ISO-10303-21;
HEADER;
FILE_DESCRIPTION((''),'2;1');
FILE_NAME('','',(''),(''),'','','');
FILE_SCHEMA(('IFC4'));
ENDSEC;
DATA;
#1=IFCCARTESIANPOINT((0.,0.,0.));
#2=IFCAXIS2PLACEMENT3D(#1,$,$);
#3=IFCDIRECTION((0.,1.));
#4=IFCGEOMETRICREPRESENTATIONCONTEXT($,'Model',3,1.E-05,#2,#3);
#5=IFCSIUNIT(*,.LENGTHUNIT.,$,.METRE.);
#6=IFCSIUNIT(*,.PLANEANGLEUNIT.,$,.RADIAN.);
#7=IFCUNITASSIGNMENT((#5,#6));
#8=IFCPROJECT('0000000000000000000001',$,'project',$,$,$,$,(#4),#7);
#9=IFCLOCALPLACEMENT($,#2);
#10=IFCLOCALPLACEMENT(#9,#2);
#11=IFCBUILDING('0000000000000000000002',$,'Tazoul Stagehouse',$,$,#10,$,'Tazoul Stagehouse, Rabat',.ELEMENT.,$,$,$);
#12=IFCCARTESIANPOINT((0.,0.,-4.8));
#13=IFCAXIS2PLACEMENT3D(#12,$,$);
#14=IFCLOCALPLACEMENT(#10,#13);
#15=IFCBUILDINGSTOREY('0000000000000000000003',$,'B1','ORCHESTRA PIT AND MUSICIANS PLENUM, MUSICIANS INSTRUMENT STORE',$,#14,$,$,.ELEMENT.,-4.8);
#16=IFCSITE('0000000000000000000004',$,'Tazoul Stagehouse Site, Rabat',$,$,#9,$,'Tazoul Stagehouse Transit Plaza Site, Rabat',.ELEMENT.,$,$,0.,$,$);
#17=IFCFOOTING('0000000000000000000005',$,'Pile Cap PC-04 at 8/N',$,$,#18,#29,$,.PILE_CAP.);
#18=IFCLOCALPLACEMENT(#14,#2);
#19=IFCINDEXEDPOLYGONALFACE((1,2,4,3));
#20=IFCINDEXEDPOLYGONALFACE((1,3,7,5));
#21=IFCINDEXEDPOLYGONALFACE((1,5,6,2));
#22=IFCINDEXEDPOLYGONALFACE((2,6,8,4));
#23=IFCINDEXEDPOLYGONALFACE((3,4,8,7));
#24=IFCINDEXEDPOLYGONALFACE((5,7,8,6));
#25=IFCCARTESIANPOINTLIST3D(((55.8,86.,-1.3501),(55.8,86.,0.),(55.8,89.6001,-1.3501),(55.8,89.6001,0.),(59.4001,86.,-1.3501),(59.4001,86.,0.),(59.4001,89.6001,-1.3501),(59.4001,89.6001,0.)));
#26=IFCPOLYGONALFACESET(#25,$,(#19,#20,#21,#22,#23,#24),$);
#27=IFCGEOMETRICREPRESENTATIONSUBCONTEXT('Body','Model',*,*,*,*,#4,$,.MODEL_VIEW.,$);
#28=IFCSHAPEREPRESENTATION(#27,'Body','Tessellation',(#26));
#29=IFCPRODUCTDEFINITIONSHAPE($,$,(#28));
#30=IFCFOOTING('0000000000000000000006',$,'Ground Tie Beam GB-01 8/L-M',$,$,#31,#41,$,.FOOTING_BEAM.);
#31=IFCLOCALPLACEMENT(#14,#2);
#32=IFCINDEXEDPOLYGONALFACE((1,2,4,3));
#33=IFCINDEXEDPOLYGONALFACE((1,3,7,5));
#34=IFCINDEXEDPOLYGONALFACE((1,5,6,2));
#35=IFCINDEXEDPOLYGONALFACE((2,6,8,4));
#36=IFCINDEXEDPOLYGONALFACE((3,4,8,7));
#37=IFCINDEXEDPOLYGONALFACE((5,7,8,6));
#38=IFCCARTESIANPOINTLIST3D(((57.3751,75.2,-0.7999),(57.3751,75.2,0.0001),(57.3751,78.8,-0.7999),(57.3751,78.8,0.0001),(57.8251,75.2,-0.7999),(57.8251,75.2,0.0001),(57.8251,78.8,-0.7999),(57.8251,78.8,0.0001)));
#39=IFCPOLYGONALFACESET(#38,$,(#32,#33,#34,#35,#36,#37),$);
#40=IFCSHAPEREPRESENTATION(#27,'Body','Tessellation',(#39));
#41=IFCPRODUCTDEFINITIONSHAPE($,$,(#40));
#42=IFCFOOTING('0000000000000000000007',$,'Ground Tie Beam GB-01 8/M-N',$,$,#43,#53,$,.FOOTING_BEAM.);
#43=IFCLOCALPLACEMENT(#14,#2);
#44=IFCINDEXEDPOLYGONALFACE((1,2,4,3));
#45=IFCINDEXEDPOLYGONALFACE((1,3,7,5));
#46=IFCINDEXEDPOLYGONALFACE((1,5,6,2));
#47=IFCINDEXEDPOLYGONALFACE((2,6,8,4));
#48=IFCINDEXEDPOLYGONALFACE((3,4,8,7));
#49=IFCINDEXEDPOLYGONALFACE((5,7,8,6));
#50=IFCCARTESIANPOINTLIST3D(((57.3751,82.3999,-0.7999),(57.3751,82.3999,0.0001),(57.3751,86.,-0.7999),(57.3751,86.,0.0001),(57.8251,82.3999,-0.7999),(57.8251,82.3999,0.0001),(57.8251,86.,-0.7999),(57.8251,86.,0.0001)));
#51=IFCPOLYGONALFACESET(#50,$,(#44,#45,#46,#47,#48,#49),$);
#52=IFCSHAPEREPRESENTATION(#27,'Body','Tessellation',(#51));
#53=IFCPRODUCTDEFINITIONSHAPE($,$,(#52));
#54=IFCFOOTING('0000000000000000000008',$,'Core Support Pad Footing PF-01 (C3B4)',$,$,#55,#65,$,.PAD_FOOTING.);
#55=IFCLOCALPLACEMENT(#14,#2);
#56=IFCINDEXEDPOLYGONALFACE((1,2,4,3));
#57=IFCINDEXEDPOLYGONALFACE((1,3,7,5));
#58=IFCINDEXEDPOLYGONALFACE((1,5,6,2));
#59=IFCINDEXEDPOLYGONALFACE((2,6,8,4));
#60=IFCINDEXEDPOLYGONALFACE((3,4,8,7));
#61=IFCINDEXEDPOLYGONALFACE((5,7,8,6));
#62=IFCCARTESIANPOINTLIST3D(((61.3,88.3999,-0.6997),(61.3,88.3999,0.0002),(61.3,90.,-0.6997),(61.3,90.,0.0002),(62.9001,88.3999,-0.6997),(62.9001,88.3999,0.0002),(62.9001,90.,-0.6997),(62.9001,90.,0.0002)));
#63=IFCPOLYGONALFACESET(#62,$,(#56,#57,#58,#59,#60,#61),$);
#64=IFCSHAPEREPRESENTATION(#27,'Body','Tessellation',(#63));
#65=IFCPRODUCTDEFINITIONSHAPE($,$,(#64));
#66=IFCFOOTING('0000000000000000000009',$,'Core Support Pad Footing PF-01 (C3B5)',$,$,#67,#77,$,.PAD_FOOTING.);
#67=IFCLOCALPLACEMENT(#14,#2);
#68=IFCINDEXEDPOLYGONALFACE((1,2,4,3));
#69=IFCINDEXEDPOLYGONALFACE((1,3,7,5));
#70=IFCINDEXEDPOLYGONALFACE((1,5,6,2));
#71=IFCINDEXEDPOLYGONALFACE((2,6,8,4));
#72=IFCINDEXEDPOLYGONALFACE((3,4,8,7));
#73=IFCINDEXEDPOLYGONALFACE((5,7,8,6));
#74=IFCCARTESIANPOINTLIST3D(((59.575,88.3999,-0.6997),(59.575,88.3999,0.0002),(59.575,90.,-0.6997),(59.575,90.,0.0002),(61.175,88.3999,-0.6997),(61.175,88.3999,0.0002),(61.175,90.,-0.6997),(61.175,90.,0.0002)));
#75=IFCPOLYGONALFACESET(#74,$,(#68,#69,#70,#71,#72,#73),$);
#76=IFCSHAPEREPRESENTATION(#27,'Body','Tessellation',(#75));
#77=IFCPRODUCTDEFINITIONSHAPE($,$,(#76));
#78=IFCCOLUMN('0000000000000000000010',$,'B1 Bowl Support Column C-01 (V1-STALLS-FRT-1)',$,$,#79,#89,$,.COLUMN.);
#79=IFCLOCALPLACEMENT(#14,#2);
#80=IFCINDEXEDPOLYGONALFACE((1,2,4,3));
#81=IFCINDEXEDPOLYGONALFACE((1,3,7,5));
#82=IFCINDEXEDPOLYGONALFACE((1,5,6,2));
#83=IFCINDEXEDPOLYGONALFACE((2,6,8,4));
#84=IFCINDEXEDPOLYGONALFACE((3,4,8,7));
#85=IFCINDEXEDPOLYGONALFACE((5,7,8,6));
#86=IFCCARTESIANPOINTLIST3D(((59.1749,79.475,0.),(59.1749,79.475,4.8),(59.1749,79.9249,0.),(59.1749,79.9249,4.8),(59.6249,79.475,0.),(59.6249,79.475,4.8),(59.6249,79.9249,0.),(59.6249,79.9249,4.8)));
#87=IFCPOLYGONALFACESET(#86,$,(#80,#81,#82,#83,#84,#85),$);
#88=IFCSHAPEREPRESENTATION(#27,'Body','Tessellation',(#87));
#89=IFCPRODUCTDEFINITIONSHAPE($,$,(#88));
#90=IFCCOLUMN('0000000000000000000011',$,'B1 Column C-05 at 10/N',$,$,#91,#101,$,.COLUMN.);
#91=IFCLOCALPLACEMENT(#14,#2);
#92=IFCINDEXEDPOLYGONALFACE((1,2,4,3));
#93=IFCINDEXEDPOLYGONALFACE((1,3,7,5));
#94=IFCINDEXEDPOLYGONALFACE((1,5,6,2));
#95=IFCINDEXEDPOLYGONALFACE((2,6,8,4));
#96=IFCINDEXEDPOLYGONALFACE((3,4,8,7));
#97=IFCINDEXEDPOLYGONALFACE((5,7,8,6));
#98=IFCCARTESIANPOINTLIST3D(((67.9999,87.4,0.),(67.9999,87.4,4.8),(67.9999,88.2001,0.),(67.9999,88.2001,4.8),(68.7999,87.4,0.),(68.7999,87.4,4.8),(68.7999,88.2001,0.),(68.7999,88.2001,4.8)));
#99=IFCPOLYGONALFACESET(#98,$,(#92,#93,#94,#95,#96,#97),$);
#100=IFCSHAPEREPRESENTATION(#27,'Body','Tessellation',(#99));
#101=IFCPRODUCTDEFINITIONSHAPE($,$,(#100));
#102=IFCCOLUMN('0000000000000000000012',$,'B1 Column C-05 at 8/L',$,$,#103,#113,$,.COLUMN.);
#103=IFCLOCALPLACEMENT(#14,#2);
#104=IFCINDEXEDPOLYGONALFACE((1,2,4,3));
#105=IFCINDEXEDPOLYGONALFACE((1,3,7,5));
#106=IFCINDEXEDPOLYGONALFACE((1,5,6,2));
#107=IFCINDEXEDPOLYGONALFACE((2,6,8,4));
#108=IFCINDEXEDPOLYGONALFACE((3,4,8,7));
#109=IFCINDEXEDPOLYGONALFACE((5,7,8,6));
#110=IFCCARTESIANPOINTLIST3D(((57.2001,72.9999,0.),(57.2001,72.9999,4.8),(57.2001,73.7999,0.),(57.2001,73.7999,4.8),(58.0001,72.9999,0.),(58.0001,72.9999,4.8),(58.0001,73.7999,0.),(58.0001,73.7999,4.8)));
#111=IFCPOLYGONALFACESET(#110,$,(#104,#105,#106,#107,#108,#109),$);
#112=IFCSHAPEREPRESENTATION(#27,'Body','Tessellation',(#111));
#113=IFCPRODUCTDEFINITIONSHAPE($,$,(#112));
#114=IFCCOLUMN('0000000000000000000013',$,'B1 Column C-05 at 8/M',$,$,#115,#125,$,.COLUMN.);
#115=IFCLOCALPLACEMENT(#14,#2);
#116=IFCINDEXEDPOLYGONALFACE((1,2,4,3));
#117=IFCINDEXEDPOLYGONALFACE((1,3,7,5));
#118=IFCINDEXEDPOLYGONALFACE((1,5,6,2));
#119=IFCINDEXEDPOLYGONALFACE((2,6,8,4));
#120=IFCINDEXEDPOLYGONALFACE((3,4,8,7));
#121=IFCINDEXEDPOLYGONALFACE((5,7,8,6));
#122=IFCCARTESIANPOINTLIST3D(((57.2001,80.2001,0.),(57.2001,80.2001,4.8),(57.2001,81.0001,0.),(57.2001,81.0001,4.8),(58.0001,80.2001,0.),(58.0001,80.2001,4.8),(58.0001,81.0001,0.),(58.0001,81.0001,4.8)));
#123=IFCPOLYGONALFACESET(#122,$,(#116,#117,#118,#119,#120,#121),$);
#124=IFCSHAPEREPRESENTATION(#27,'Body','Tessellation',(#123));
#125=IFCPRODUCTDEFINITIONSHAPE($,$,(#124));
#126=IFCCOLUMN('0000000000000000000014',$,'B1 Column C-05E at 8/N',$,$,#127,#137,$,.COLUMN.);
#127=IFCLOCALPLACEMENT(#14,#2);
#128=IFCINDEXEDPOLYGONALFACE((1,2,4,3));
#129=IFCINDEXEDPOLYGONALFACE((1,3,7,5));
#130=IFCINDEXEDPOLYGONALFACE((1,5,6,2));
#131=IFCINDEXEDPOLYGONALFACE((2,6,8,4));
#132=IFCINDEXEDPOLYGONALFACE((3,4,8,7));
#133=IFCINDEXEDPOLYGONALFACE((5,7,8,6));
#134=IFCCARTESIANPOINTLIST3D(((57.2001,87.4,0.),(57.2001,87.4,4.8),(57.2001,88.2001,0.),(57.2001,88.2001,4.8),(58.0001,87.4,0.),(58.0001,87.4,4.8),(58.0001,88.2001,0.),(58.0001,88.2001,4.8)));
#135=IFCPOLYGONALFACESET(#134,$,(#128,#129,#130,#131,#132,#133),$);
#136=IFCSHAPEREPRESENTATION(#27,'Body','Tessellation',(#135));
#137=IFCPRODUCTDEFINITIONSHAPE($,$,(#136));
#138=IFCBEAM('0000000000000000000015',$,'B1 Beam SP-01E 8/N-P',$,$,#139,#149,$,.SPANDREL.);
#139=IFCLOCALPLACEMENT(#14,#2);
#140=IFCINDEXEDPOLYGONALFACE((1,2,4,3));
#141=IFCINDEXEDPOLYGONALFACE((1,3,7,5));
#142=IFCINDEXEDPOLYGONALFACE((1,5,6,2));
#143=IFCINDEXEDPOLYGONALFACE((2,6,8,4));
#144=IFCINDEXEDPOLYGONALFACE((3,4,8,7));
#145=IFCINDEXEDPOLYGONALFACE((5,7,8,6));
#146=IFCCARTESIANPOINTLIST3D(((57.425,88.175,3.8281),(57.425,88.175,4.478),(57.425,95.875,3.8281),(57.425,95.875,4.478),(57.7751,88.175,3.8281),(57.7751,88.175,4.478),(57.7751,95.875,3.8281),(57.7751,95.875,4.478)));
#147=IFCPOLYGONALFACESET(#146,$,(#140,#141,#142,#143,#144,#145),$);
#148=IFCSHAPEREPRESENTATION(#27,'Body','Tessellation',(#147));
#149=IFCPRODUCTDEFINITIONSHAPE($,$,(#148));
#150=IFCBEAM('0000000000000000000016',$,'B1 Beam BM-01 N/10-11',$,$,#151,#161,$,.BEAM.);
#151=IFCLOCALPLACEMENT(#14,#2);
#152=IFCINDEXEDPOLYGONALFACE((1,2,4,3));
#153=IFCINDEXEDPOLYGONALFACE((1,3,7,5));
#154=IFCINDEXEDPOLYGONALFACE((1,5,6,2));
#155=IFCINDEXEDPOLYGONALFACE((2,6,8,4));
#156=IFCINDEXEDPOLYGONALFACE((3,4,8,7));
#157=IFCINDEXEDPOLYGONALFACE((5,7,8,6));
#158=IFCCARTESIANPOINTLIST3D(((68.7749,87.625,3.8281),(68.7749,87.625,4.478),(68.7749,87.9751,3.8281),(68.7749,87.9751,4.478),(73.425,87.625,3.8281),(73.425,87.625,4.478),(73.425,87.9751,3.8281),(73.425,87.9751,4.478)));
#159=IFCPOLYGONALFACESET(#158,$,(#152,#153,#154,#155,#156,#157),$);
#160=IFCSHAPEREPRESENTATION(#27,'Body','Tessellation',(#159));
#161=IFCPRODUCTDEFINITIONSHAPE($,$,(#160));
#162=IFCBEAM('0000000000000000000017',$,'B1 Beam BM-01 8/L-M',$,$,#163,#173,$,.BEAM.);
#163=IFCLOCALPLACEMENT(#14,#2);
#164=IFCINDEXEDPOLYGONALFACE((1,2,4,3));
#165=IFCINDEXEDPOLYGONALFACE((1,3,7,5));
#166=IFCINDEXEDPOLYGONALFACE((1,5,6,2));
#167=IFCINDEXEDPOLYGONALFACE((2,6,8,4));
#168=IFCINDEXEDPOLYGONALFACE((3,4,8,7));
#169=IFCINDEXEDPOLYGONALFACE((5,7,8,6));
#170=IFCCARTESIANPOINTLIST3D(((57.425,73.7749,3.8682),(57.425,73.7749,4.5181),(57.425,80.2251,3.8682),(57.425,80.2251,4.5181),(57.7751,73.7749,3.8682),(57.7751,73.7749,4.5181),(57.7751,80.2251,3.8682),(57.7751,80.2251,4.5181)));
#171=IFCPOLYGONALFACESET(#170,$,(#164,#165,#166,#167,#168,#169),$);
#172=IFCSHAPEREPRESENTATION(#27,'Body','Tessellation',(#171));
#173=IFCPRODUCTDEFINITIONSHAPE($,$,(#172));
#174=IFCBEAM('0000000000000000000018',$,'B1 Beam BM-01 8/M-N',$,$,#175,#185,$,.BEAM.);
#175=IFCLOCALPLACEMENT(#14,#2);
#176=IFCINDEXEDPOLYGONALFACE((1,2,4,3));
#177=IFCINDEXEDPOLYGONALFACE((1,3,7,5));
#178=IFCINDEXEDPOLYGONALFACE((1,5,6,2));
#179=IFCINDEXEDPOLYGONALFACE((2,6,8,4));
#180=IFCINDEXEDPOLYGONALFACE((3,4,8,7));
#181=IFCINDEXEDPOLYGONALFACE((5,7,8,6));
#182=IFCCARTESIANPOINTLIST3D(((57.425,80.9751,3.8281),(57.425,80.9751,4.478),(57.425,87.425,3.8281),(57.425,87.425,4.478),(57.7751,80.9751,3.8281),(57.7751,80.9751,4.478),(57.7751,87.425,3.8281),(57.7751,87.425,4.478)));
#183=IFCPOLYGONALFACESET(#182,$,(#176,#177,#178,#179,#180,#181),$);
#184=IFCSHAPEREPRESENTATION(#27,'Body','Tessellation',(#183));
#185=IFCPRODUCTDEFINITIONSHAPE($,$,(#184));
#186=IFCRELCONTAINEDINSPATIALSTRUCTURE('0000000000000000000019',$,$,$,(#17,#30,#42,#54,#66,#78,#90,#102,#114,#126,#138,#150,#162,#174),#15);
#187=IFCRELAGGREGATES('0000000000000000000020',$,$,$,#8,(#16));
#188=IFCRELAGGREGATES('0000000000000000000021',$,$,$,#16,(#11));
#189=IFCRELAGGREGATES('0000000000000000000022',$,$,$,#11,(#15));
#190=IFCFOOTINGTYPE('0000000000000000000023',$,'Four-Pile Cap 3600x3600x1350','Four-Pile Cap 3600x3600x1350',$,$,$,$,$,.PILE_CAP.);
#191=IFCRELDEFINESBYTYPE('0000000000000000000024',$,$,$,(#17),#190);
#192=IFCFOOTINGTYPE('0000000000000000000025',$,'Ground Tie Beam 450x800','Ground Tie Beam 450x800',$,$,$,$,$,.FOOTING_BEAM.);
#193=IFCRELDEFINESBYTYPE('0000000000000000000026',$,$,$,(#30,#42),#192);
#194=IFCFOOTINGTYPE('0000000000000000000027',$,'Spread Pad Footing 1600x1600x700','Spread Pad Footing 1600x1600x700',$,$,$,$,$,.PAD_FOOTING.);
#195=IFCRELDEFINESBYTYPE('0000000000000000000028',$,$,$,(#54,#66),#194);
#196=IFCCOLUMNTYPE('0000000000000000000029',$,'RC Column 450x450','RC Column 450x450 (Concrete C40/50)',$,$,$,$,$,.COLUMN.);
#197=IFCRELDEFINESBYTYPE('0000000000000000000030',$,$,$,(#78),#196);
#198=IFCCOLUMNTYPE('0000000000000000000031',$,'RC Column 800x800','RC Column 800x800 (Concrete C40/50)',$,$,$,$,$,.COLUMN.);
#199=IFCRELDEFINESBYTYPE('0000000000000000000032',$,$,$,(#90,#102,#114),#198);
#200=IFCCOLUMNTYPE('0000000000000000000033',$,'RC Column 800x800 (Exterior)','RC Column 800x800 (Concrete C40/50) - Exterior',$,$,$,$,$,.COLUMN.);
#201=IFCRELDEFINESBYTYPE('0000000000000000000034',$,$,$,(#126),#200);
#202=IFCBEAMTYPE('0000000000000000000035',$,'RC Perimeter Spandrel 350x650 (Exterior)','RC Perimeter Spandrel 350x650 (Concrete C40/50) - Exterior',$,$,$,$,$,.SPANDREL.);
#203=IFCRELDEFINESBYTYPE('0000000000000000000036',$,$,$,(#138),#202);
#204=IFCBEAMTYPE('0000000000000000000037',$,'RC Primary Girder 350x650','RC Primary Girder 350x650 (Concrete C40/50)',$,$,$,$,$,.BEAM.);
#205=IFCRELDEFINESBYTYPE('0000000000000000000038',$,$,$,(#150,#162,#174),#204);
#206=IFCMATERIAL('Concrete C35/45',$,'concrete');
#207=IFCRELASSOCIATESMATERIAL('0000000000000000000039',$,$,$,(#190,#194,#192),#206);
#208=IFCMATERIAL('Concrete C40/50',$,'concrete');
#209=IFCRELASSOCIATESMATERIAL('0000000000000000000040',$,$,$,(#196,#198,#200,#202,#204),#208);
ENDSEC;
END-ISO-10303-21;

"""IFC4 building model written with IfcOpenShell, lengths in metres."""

from ifc_helpers import new_model, si_unit, direction, frame, origin, origin_2d, place, context, subcontext, project, spatial, rectangle, extrude, material, material_profile, profile_set, type_object, element, save


model = new_model("IFC4")

# Units and contexts
model_context = context("Model", 3, precision=1e-05, world=origin(), true_north=direction((0.0, 1.0)))
body_context = subcontext(model_context, "Body", "Model", "MODEL_VIEW")
ifc_project = project(units=[si_unit("LENGTHUNIT", "METRE"), si_unit("PLANEANGLEUNIT", "RADIAN")], contexts=[model_context])

# Site, building, storey
site_placement = place(None, origin())
site = spatial("IfcSite", under=ifc_project, at=site_placement, Name="Tazoul Stagehouse Site, Rabat", LongName="Tazoul Stagehouse Transit Plaza Site, Rabat", CompositionType="ELEMENT", RefElevation=0.0)
building_placement = place(site_placement, origin())
building = spatial("IfcBuilding", under=site, at=building_placement, Name="Tazoul Stagehouse", LongName="Tazoul Stagehouse, Rabat", CompositionType="ELEMENT")
storey_placement = place(building_placement, frame((0.0, 0.0, -4.8)))
storey = spatial("IfcBuildingStorey", under=building, at=storey_placement, Name="B1", Description="ORCHESTRA PIT AND MUSICIANS PLENUM, MUSICIANS INSTRUMENT STORE", CompositionType="ELEMENT", Elevation=-4.8)

# Shared definitions
ifc_material_1 = material(Name="Concrete C35/45", Category="concrete")

# Footings
footing_type_1 = type_object("IfcFootingType", Name="Four-Pile Cap 3600x3600x1350", Description="Four-Pile Cap 3600x3600x1350", PredefinedType="PILE_CAP", material=ifc_material_1)
for number, where, z_axis, x_axis, name in (
    (1, (57.6001, 87.8, -1.3501), (0.0, 0.0, 1.0), (1.0, 0.0, 0.0), "Pile Cap PC-04 at 8/N"),
):
    element("IfcFooting", number, at=place(storey_placement, frame(where, z_axis=z_axis, x_axis=x_axis)), inside=storey, type_object=footing_type_1, Name=name, PredefinedType="PILE_CAP", context=body_context, shape_type="SweptSolid", body=[
        extrude(rectangle(XDim=3.6001, YDim=3.6001, at=origin_2d()), origin(), (0.0, 0.0, 1.0), 1.3501),
    ])
ifc_material_profile_1 = material_profile(ifc_material_1, rectangle(XDim=0.45, YDim=0.8, at=origin_2d()), Name="RC 450x800")
ifc_profile_set_1 = profile_set([ifc_material_profile_1], Name="Concrete C35/45")
footing_type_2 = type_object("IfcFootingType", Name="Ground Tie Beam 450x800", Description="Ground Tie Beam 450x800", PredefinedType="FOOTING_BEAM", material=ifc_profile_set_1)
for number, where, z_axis, x_axis, name in (
    (2, (57.6001, 75.2, -0.3999), (0.0, 1.0, 0.0), (-1.0, 0.0, 0.0), "Ground Tie Beam GB-01 8/L-M"),
    (3, (57.6001, 82.3999, -0.3999), (0.0, 1.0, 0.0), (-1.0, 0.0, 0.0), "Ground Tie Beam GB-01 8/M-N"),
):
    element("IfcFooting", number, at=place(storey_placement, frame(where, z_axis=z_axis, x_axis=x_axis)), inside=storey, type_object=footing_type_2, Name=name, PredefinedType="FOOTING_BEAM", context=body_context, shape_type="SweptSolid", body=[
        extrude(rectangle(XDim=0.45, YDim=0.8, at=origin_2d()), origin(), (0.0, 0.0, 1.0), 3.6001),
    ])
footing_type_3 = type_object("IfcFootingType", Name="Spread Pad Footing 1600x1600x700", Description="Spread Pad Footing 1600x1600x700", PredefinedType="PAD_FOOTING", material=ifc_material_1)
for number, where, z_axis, x_axis, name in (
    (4, (62.1001, 89.2, -0.6997), (0.0, 0.0, 1.0), (1.0, 0.0, 0.0), "Core Support Pad Footing PF-01 (C3B4)"),
    (5, (60.375, 89.2, -0.6997), (0.0, 0.0, 1.0), (1.0, 0.0, 0.0), "Core Support Pad Footing PF-01 (C3B5)"),
):
    element("IfcFooting", number, at=place(storey_placement, frame(where, z_axis=z_axis, x_axis=x_axis)), inside=storey, type_object=footing_type_3, Name=name, PredefinedType="PAD_FOOTING", context=body_context, shape_type="SweptSolid", body=[
        extrude(rectangle(XDim=1.6001, YDim=1.6001, at=origin_2d()), origin(), (0.0, 0.0, 1.0), 0.7),
    ])

# Columns
ifc_material_2 = material(Name="Concrete C40/50", Category="concrete")
ifc_material_profile_2 = material_profile(ifc_material_2, rectangle(XDim=0.45, YDim=0.45, at=origin_2d()), Name="RC 450x450")
ifc_profile_set_2 = profile_set([ifc_material_profile_2], Name="Concrete C40/50")
column_type_1 = type_object("IfcColumnType", Name="RC Column 450x450", Description="RC Column 450x450 (Concrete C40/50)", PredefinedType="COLUMN", material=ifc_profile_set_2)
column_1_placement = place(storey_placement, frame((59.3999, 79.7, 0.0), z_axis=(0.0, 0.0, 1.0), x_axis=(1.0, 0.0, 0.0)))
element("IfcColumn", 6, at=column_1_placement, inside=storey, type_object=column_type_1, Name="B1 Bowl Support Column C-01 (V1-STALLS-FRT-1)", PredefinedType="COLUMN", context=body_context, shape_type="SweptSolid", body=[
    extrude(rectangle(XDim=0.45, YDim=0.45, at=origin_2d()), origin(), (0.0, 0.0, 1.0), 4.8),
])
ifc_material_profile_3 = material_profile(ifc_material_2, rectangle(XDim=0.8, YDim=0.8, at=origin_2d()), Name="RC 800x800")
ifc_profile_set_3 = profile_set([ifc_material_profile_3], Name="Concrete C40/50")
column_type_2 = type_object("IfcColumnType", Name="RC Column 800x800", Description="RC Column 800x800 (Concrete C40/50)", PredefinedType="COLUMN", material=ifc_profile_set_3)
for number, where, z_axis, x_axis, name in (
    (7, (68.3999, 87.8, 0.0), (0.0, 0.0, 1.0), (1.0, 0.0, 0.0), "B1 Column C-05 at 10/N"),
    (8, (57.6001, 73.3999, 0.0), (0.0, 0.0, 1.0), (1.0, 0.0, 0.0), "B1 Column C-05 at 8/L"),
    (9, (57.6001, 80.6001, 0.0), (0.0, 0.0, 1.0), (1.0, 0.0, 0.0), "B1 Column C-05 at 8/M"),
):
    element("IfcColumn", number, at=place(storey_placement, frame(where, z_axis=z_axis, x_axis=x_axis)), inside=storey, type_object=column_type_2, Name=name, PredefinedType="COLUMN", context=body_context, shape_type="SweptSolid", body=[
        extrude(rectangle(XDim=0.8, YDim=0.8, at=origin_2d()), origin(), (0.0, 0.0, 1.0), 4.8),
    ])
ifc_material_profile_4 = material_profile(ifc_material_2, rectangle(XDim=0.8, YDim=0.8, at=origin_2d()), Name="RC 800x800")
ifc_profile_set_4 = profile_set([ifc_material_profile_4], Name="Concrete C40/50")
column_type_3 = type_object("IfcColumnType", Name="RC Column 800x800 (Exterior)", Description="RC Column 800x800 (Concrete C40/50) - Exterior", PredefinedType="COLUMN", material=ifc_profile_set_4)
column_2_placement = place(storey_placement, frame((57.6001, 87.8, 0.0), z_axis=(0.0, 0.0, 1.0), x_axis=(1.0, 0.0, 0.0)))
element("IfcColumn", 10, at=column_2_placement, inside=storey, type_object=column_type_3, Name="B1 Column C-05E at 8/N", PredefinedType="COLUMN", context=body_context, shape_type="SweptSolid", body=[
    extrude(rectangle(XDim=0.8, YDim=0.8, at=origin_2d()), origin(), (0.0, 0.0, 1.0), 4.8),
])

# Beams
ifc_material_profile_5 = material_profile(ifc_material_2, rectangle(XDim=0.3501, YDim=0.6499, at=origin_2d()), Name="RC 350x650")
ifc_profile_set_5 = profile_set([ifc_material_profile_5], Name="Concrete C40/50")
beam_type_1 = type_object("IfcBeamType", Name="RC Perimeter Spandrel 350x650 (Exterior)", Description="RC Perimeter Spandrel 350x650 (Concrete C40/50) - Exterior", PredefinedType="SPANDREL", material=ifc_profile_set_5)
beam_1_placement = place(storey_placement, frame((57.6001, 88.175, 4.1531), z_axis=(0.0, 1.0, 0.0), x_axis=(-1.0, 0.0, 0.0)))
element("IfcBeam", 11, at=beam_1_placement, inside=storey, type_object=beam_type_1, Name="B1 Beam SP-01E 8/N-P", PredefinedType="SPANDREL", context=body_context, shape_type="SweptSolid", body=[
    extrude(rectangle(XDim=0.3501, YDim=0.6499, at=origin_2d()), origin(), (0.0, 0.0, 1.0), 7.7),
])
ifc_material_profile_6 = material_profile(ifc_material_2, rectangle(XDim=0.3501, YDim=0.6499, at=origin_2d()), Name="RC 350x650")
ifc_profile_set_6 = profile_set([ifc_material_profile_6], Name="Concrete C40/50")
beam_type_2 = type_object("IfcBeamType", Name="RC Primary Girder 350x650", Description="RC Primary Girder 350x650 (Concrete C40/50)", PredefinedType="BEAM", material=ifc_profile_set_6)
beam_2_placement = place(storey_placement, frame((68.7749, 87.8, 4.1531), z_axis=(1.0, 0.0, 0.0), x_axis=(0.0, 1.0, 0.0)))
element("IfcBeam", 12, at=beam_2_placement, inside=storey, type_object=beam_type_2, Name="B1 Beam BM-01 N/10-11", PredefinedType="BEAM", context=body_context, shape_type="SweptSolid", body=[
    extrude(rectangle(XDim=0.3501, YDim=0.6499, at=origin_2d()), origin(), (0.0, 0.0, 1.0), 4.6501),
])
beam_3_placement = place(storey_placement, frame((57.6001, 73.7749, 4.1931), z_axis=(0.0, 1.0, 0.0), x_axis=(-1.0, 0.0, 0.0)))
element("IfcBeam", 13, at=beam_3_placement, inside=storey, type_object=beam_type_2, Name="B1 Beam BM-01 8/L-M", PredefinedType="BEAM", context=body_context, shape_type="SweptSolid", body=[
    extrude(rectangle(XDim=0.3501, YDim=0.6499, at=origin_2d()), origin(), (0.0, 0.0, 1.0), 6.4502),
])
beam_4_placement = place(storey_placement, frame((57.6001, 80.9751, 4.1531), z_axis=(0.0, 1.0, 0.0), x_axis=(-1.0, 0.0, 0.0)))
element("IfcBeam", 14, at=beam_4_placement, inside=storey, type_object=beam_type_2, Name="B1 Beam BM-01 8/M-N", PredefinedType="BEAM", context=body_context, shape_type="SweptSolid", body=[
    extrude(rectangle(XDim=0.3501, YDim=0.6499, at=origin_2d()), origin(), (0.0, 0.0, 1.0), 6.45),
])

save(model, "model.ifc")
